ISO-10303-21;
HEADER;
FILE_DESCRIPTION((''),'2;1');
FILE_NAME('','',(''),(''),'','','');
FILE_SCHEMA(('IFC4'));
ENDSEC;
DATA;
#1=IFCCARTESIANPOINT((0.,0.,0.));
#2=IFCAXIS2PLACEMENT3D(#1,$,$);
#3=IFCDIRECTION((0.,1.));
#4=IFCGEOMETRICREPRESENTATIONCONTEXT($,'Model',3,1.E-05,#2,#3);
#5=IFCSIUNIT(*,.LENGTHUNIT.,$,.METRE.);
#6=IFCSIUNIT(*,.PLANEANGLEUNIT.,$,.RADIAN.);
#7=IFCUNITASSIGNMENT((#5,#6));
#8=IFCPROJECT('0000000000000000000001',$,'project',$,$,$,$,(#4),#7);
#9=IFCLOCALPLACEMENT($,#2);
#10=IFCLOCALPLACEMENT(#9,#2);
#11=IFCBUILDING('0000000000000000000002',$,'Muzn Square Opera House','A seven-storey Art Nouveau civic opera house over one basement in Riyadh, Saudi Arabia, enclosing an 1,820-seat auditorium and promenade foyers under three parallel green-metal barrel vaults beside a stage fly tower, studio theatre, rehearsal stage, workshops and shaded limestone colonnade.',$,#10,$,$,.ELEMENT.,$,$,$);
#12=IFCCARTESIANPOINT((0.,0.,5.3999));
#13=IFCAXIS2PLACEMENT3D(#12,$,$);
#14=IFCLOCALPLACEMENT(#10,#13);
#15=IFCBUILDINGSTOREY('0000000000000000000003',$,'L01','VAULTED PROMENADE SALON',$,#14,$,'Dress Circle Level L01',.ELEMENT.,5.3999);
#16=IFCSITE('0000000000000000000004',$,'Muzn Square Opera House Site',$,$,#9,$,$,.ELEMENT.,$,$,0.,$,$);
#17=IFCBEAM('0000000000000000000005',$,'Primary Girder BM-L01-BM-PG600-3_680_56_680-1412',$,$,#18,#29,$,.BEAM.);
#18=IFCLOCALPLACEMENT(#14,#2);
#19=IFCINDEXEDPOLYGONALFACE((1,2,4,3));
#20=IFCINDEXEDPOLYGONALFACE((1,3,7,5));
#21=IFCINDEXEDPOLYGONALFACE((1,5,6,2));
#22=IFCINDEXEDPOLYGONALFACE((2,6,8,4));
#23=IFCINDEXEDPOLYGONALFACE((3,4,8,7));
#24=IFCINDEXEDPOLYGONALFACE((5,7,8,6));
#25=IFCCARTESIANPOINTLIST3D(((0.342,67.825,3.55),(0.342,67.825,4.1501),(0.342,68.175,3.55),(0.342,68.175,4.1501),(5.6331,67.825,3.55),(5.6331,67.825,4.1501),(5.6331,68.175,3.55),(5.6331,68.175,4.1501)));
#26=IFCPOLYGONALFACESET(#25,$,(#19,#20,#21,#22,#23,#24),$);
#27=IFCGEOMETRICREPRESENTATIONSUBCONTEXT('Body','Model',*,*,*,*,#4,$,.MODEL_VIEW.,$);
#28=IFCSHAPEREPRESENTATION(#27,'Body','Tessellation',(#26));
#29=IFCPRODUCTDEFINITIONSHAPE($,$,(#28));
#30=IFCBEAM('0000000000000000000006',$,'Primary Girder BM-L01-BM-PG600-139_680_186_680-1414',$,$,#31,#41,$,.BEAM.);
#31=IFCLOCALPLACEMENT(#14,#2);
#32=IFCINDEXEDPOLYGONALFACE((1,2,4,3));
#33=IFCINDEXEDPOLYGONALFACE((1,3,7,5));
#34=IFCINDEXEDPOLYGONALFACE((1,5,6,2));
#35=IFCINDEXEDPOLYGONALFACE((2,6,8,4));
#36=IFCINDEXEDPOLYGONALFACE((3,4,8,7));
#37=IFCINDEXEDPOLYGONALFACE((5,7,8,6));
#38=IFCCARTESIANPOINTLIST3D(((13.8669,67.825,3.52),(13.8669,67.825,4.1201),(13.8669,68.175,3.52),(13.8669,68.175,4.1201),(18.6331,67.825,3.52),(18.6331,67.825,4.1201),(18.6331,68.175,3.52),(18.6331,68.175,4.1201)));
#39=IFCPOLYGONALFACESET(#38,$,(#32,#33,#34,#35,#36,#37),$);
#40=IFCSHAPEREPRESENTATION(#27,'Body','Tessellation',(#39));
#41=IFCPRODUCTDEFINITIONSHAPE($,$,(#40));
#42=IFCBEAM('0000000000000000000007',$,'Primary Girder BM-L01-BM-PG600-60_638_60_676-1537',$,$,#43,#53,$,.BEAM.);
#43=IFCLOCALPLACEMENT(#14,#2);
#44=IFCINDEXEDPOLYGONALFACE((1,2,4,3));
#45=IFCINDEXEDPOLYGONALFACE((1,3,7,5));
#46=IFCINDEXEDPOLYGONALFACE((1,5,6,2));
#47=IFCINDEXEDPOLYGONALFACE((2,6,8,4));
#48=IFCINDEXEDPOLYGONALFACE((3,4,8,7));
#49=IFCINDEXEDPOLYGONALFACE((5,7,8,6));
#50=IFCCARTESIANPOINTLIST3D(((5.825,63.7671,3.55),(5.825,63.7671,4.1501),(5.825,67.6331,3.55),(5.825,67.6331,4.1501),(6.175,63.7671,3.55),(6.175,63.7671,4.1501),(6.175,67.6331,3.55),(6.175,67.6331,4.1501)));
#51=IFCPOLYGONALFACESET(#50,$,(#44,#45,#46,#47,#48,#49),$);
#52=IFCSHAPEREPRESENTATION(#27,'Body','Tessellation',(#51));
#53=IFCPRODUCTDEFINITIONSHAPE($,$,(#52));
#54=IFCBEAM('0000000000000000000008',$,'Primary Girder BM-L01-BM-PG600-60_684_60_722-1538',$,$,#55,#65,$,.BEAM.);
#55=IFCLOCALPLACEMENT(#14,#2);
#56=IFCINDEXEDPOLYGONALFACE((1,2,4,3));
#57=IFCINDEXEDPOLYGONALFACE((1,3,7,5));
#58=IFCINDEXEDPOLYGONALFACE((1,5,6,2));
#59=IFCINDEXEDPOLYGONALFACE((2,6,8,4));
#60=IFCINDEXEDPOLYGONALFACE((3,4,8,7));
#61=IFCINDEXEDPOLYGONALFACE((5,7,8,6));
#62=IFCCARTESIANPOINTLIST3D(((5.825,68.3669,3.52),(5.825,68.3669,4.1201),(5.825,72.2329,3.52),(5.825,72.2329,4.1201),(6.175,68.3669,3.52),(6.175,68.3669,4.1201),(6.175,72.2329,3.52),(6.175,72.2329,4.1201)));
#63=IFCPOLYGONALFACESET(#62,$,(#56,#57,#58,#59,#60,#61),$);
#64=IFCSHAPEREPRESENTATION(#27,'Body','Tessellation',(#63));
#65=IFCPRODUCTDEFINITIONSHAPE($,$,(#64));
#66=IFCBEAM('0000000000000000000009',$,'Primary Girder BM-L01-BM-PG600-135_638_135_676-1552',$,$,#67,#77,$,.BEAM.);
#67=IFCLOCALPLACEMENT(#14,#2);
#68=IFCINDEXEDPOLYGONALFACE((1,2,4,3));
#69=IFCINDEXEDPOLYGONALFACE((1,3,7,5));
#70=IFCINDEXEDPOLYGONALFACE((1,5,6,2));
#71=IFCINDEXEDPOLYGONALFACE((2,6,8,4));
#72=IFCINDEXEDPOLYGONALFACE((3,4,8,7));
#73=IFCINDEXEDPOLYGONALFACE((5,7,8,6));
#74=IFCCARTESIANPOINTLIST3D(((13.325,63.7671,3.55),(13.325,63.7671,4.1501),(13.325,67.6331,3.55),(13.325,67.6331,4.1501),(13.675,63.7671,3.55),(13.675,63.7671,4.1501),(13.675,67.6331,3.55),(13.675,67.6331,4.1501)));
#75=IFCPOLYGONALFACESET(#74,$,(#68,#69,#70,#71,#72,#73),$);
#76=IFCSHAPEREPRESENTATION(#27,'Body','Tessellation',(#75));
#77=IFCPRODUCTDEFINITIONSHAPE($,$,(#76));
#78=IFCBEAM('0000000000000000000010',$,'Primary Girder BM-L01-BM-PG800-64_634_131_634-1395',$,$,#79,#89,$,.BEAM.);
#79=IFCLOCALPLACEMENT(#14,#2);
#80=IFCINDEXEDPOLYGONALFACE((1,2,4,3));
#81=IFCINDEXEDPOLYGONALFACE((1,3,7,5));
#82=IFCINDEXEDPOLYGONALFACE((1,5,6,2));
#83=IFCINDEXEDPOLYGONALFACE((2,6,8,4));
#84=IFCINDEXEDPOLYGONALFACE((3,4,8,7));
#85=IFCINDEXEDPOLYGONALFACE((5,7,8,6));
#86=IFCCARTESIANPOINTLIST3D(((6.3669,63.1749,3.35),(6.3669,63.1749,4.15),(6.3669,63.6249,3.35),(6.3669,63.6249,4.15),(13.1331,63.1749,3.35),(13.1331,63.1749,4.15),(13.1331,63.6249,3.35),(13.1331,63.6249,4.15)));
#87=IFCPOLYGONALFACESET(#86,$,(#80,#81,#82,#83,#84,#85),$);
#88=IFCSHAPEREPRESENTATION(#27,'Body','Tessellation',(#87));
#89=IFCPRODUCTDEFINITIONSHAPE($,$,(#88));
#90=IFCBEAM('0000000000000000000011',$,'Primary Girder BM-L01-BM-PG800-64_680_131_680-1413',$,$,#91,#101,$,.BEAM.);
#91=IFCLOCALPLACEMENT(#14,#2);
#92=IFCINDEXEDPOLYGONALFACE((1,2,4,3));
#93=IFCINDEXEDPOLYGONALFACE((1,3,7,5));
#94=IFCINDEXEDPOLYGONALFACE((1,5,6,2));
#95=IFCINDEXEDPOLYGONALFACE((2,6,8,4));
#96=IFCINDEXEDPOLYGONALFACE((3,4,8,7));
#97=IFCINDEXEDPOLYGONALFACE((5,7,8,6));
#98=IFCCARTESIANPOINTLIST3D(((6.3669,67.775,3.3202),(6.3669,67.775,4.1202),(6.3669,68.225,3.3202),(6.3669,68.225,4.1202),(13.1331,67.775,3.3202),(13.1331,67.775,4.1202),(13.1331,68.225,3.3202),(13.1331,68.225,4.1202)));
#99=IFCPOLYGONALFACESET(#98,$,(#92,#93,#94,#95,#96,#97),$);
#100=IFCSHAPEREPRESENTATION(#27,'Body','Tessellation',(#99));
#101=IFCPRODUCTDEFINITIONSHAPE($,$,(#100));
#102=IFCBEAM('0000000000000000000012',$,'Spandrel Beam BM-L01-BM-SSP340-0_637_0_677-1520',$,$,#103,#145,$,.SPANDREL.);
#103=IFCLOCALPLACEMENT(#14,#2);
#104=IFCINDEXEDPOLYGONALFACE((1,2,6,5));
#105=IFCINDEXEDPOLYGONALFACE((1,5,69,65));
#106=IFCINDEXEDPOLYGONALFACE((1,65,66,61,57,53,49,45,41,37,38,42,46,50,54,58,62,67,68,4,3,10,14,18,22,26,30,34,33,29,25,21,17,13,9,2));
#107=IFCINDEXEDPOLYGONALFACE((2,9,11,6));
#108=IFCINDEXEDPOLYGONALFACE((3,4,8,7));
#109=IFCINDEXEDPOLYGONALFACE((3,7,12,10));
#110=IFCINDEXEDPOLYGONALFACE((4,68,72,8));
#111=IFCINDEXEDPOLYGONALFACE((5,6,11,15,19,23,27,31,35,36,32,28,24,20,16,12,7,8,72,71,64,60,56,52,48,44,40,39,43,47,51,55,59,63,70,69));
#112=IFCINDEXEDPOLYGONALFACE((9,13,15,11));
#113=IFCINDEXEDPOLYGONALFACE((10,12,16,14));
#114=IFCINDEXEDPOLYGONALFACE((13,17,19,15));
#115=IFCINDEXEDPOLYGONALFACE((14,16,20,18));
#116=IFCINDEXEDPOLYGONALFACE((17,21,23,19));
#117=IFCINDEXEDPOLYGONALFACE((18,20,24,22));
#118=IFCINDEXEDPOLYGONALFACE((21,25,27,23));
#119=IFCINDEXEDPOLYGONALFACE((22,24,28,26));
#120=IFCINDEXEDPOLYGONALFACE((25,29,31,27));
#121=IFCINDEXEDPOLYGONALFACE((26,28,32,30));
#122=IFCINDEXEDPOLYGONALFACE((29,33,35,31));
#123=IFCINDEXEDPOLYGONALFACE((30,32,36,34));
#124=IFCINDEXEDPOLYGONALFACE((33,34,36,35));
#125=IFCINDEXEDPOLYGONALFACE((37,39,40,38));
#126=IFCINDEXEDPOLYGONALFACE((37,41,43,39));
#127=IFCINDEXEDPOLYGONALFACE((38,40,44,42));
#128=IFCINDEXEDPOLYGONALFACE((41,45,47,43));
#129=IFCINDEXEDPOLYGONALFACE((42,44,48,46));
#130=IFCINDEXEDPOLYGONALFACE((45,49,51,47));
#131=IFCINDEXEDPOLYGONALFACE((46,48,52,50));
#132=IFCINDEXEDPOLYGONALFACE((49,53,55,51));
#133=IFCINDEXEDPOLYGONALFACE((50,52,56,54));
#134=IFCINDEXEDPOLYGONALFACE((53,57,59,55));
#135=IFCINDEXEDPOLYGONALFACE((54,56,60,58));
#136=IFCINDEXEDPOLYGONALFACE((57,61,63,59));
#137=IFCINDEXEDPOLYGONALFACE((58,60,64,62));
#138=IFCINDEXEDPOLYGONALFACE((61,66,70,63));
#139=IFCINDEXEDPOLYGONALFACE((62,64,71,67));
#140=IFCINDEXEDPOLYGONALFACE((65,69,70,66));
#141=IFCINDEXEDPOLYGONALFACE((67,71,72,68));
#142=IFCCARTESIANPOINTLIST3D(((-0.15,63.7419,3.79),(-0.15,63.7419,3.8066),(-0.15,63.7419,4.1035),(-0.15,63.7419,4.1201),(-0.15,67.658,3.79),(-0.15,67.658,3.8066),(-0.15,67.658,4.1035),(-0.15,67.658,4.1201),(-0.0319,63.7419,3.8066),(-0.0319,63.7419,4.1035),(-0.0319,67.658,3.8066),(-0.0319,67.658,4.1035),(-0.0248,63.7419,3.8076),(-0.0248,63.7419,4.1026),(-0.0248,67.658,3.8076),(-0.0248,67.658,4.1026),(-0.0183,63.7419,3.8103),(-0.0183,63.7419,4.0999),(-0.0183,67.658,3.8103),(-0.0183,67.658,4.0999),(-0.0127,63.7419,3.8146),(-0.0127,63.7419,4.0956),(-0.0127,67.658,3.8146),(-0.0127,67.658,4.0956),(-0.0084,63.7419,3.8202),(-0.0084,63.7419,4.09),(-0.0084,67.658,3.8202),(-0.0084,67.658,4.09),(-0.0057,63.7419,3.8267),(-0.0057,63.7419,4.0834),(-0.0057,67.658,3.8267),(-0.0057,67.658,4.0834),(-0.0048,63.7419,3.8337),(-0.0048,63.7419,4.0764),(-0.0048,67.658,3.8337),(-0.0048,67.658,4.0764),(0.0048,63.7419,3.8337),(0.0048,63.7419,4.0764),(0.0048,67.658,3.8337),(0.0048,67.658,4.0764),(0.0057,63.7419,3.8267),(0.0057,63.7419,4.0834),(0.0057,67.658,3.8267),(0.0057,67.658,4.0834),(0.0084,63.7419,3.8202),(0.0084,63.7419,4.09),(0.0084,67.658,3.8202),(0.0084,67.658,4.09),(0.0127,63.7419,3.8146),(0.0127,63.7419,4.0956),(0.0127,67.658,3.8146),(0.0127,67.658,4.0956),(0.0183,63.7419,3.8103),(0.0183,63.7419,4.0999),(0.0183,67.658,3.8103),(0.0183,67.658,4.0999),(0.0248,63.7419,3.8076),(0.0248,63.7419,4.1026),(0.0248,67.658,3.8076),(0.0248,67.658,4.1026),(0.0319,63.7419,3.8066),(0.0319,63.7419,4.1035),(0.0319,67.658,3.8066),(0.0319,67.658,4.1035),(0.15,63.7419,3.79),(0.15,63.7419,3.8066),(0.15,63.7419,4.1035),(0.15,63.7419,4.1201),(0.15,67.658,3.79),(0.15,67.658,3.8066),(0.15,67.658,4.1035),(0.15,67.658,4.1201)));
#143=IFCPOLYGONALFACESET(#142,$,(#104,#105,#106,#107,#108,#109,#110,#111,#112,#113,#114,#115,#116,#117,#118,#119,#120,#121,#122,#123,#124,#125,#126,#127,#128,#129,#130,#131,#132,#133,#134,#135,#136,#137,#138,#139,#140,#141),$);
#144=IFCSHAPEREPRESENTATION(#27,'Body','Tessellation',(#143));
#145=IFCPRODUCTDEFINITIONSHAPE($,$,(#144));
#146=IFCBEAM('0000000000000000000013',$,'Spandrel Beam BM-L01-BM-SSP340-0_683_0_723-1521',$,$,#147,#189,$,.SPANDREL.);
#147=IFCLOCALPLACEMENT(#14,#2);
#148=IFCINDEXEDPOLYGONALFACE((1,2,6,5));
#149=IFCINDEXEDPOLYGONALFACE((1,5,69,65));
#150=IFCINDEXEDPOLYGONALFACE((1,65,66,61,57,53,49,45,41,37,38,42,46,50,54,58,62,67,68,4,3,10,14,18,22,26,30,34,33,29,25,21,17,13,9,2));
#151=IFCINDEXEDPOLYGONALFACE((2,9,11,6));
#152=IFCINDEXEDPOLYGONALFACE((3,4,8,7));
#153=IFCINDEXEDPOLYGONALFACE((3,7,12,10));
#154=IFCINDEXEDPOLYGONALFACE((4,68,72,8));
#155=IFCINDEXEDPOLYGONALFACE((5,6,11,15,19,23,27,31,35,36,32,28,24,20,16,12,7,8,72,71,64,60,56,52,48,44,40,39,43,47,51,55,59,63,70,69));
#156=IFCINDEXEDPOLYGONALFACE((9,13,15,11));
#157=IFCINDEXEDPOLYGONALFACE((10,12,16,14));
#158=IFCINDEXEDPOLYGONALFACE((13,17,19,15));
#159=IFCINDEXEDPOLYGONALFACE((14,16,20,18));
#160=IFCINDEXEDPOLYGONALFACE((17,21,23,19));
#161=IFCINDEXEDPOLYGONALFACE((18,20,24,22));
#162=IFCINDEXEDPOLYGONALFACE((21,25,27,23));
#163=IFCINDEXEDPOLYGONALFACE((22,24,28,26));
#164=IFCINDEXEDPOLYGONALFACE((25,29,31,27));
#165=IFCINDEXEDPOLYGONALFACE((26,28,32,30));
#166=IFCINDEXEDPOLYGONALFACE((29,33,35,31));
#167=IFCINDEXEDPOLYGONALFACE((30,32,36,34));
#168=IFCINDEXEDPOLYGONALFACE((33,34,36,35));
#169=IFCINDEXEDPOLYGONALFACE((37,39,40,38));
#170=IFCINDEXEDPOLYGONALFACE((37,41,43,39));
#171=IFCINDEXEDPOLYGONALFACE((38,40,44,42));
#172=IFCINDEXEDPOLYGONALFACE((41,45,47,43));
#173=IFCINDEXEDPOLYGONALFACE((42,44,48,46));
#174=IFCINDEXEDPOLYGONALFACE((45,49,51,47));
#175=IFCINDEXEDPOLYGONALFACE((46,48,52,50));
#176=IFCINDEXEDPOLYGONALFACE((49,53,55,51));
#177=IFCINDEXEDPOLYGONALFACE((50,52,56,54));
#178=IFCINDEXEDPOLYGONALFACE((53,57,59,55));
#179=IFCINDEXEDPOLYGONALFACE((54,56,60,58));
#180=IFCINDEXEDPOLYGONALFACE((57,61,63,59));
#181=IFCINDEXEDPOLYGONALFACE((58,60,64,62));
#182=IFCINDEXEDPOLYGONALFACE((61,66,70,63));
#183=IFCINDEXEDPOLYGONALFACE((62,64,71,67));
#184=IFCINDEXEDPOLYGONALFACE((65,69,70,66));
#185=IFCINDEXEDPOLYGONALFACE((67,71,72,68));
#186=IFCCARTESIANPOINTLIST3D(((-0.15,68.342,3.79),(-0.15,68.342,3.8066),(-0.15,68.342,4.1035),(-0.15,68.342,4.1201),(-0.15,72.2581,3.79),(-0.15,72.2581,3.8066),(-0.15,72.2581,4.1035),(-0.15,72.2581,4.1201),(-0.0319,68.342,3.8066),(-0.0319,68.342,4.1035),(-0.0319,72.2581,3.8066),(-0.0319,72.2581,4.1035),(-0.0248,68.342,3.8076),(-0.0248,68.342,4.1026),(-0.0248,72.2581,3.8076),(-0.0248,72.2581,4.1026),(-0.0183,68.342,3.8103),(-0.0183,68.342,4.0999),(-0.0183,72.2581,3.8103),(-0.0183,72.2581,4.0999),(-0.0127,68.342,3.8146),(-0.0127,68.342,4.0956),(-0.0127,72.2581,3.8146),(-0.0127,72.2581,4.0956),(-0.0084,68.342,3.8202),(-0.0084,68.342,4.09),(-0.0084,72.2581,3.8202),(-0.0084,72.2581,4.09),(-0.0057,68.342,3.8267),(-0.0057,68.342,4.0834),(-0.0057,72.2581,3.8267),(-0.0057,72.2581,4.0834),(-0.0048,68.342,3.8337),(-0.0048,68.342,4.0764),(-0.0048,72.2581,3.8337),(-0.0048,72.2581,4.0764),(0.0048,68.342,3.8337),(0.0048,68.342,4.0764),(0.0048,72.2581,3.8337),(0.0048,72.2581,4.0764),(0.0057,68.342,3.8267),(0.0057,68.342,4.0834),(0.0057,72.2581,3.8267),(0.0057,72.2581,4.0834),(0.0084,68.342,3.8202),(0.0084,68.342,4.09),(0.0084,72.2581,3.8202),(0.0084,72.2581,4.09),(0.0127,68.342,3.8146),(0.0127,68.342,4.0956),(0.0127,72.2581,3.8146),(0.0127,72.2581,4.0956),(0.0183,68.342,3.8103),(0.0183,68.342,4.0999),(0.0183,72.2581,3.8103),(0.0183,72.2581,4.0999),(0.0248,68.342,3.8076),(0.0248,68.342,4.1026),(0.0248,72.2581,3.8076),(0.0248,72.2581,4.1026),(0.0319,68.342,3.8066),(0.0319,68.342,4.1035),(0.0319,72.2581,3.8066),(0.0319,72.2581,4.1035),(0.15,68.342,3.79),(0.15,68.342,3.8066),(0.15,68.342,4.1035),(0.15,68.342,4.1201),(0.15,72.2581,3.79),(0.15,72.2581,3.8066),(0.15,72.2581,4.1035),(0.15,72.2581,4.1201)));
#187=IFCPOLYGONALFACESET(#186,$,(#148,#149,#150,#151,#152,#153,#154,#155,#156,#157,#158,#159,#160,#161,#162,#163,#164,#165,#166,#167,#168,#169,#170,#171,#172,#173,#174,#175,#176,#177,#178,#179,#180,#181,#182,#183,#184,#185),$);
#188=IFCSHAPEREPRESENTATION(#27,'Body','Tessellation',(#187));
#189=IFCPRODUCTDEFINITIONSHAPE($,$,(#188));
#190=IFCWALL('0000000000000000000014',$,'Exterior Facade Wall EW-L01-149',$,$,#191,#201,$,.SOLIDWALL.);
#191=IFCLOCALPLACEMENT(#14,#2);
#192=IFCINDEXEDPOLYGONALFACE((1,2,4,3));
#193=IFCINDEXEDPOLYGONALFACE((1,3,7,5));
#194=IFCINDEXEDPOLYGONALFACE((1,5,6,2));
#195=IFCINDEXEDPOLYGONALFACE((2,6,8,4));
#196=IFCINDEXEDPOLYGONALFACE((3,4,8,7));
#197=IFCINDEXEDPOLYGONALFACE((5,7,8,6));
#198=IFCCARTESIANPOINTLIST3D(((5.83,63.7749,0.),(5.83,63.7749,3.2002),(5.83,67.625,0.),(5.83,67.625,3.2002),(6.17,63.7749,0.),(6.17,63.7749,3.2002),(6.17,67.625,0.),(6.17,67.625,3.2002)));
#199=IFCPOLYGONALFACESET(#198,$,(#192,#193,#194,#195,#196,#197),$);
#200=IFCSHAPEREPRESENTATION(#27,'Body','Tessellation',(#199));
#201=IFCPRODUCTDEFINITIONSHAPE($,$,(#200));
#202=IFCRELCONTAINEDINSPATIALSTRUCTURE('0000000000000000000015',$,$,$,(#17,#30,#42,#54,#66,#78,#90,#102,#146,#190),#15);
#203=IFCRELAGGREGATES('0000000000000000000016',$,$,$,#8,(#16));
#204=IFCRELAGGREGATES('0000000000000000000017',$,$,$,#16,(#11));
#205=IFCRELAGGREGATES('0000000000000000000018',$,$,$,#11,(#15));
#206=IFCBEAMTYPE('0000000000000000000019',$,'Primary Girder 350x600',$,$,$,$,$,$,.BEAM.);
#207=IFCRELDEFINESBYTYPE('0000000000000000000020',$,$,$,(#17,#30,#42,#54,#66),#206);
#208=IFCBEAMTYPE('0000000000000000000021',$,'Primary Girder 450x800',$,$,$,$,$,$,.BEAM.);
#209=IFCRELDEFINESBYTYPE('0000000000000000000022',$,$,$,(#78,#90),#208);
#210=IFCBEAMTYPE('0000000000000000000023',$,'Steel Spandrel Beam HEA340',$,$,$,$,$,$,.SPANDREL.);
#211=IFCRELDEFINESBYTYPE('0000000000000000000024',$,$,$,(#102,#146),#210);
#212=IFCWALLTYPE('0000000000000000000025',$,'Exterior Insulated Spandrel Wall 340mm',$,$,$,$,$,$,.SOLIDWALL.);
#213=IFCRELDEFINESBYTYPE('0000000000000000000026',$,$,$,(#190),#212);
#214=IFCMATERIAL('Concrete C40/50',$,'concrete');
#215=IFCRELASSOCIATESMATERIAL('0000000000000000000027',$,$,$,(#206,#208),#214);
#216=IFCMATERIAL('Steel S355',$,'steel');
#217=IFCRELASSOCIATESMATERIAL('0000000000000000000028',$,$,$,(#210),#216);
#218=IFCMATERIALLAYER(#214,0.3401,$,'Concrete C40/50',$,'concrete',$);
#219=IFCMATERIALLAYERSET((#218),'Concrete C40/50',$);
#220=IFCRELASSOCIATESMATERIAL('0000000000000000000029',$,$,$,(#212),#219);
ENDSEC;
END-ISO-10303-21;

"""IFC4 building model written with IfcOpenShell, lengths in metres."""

from ifc_helpers import new_model, si_unit, direction, frame, frame_2d, origin, origin_2d, place, context, subcontext, project, spatial, rectangle, i_section, extrude, material, layer, layer_set, material_profile, profile_set, type_object, element, save


model = new_model("IFC4")

# Units and contexts
model_context = context("Model", 3, precision=1e-05, world=origin(), true_north=direction((0.0, 1.0)))
body_context = subcontext(model_context, "Body", "Model", "MODEL_VIEW")
ifc_project = project(units=[si_unit("LENGTHUNIT", "METRE"), si_unit("PLANEANGLEUNIT", "RADIAN")], contexts=[model_context])

# Site, building, storey
site_placement = place(None, origin())
site = spatial("IfcSite", under=ifc_project, at=site_placement, Name="Muzn Square Opera House Site", CompositionType="ELEMENT", RefElevation=0.0)
building_placement = place(site_placement, origin())
building = spatial("IfcBuilding", under=site, at=building_placement, Name="Muzn Square Opera House", Description="A seven-storey Art Nouveau civic opera house over one basement in Riyadh, Saudi Arabia, enclosing an 1,820-seat auditorium and promenade foyers under three parallel green-metal barrel vaults beside a stage fly tower, studio theatre, rehearsal stage, workshops and shaded limestone colonnade.", CompositionType="ELEMENT")
storey_placement = place(building_placement, frame((0.0, 0.0, 5.3999)))
storey = spatial("IfcBuildingStorey", under=building, at=storey_placement, Name="L01", Description="VAULTED PROMENADE SALON", LongName="Dress Circle Level L01", CompositionType="ELEMENT", Elevation=5.3999)

# Beams
ifc_material_1 = material(Name="Concrete C40/50", Category="concrete")
ifc_material_profile_1 = material_profile(ifc_material_1, rectangle(XDim=0.3501, YDim=0.6001, at=origin_2d()), Name="RCB 350x600", Category="concrete")
ifc_profile_set_1 = profile_set([ifc_material_profile_1], Name="Concrete C40/50")
beam_type_1 = type_object("IfcBeamType", Name="Primary Girder 350x600", PredefinedType="BEAM", material=ifc_profile_set_1)
beam_1_placement = place(storey_placement, frame((0.342, 68.0, 3.8501), z_axis=(1.0, 0.0, 0.0), x_axis=(0.0, 1.0, 0.0)))
element("IfcBeam", 1, at=beam_1_placement, inside=storey, type_object=beam_type_1, Name="Primary Girder BM-L01-BM-PG600-3_680_56_680-1412", PredefinedType="BEAM", context=body_context, shape_type="SweptSolid", body=[
    extrude(rectangle(XDim=0.3501, YDim=0.6001, at=origin_2d()), origin(), (0.0, 0.0, 1.0), 5.291),
])
beam_2_placement = place(storey_placement, frame((13.8669, 68.0, 3.8201), z_axis=(1.0, 0.0, 0.0), x_axis=(0.0, 1.0, 0.0)))
element("IfcBeam", 2, at=beam_2_placement, inside=storey, type_object=beam_type_1, Name="Primary Girder BM-L01-BM-PG600-139_680_186_680-1414", PredefinedType="BEAM", context=body_context, shape_type="SweptSolid", body=[
    extrude(rectangle(XDim=0.3501, YDim=0.6001, at=origin_2d()), origin(), (0.0, 0.0, 1.0), 4.7661),
])
for number, where, z_axis, x_axis, name in (
    (3, (6.0, 63.7671, 3.8501), (0.0, 1.0, 0.0), (-1.0, 0.0, 0.0), "Primary Girder BM-L01-BM-PG600-60_638_60_676-1537"),
    (4, (6.0, 68.3669, 3.8201), (0.0, 1.0, 0.0), (-1.0, 0.0, 0.0), "Primary Girder BM-L01-BM-PG600-60_684_60_722-1538"),
    (5, (13.5, 63.7671, 3.8501), (0.0, 1.0, 0.0), (-1.0, 0.0, 0.0), "Primary Girder BM-L01-BM-PG600-135_638_135_676-1552"),
):
    element("IfcBeam", number, at=place(storey_placement, frame(where, z_axis=z_axis, x_axis=x_axis)), inside=storey, type_object=beam_type_1, Name=name, PredefinedType="BEAM", context=body_context, shape_type="SweptSolid", body=[
        extrude(rectangle(XDim=0.3501, YDim=0.6001, at=origin_2d()), origin(), (0.0, 0.0, 1.0), 3.866),
    ])
ifc_material_profile_2 = material_profile(ifc_material_1, rectangle(XDim=0.45, YDim=0.8, at=origin_2d()), Name="RCB 450x800", Category="concrete")
ifc_profile_set_2 = profile_set([ifc_material_profile_2], Name="Concrete C40/50")
beam_type_2 = type_object("IfcBeamType", Name="Primary Girder 450x800", PredefinedType="BEAM", material=ifc_profile_set_2)
for number, where, z_axis, x_axis, name in (
    (6, (6.3669, 63.3999, 3.75), (1.0, 0.0, 0.0), (0.0, 1.0, 0.0), "Primary Girder BM-L01-BM-PG800-64_634_131_634-1395"),
    (7, (6.3669, 68.0, 3.7202), (1.0, 0.0, 0.0), (0.0, 1.0, 0.0), "Primary Girder BM-L01-BM-PG800-64_680_131_680-1413"),
):
    element("IfcBeam", number, at=place(storey_placement, frame(where, z_axis=z_axis, x_axis=x_axis)), inside=storey, type_object=beam_type_2, Name=name, PredefinedType="BEAM", context=body_context, shape_type="SweptSolid", body=[
        extrude(rectangle(XDim=0.45, YDim=0.8, at=origin_2d()), origin(), (0.0, 0.0, 1.0), 6.7661),
    ])
ifc_material_2 = material(Name="Steel S355", Category="steel")
ifc_material_profile_3 = material_profile(ifc_material_2, i_section(OverallWidth=0.3, OverallDepth=0.3301, WebThickness=0.0095, FlangeThickness=0.0166, FilletRadius=0.0271, at=origin_2d()), Name="HEA 340", Category="steel")
ifc_profile_set_3 = profile_set([ifc_material_profile_3], Name="Steel S355")
beam_type_3 = type_object("IfcBeamType", Name="Steel Spandrel Beam HEA340", PredefinedType="SPANDREL", material=ifc_profile_set_3)
for number, where, z_axis, x_axis, name in (
    (8, (0.0, 63.7419, 3.9551), (0.0, 1.0, 0.0), (-1.0, 0.0, 0.0), "Spandrel Beam BM-L01-BM-SSP340-0_637_0_677-1520"),
    (9, (0.0, 68.342, 3.9551), (0.0, 1.0, 0.0), (-1.0, 0.0, 0.0), "Spandrel Beam BM-L01-BM-SSP340-0_683_0_723-1521"),
):
    element("IfcBeam", number, at=place(storey_placement, frame(where, z_axis=z_axis, x_axis=x_axis)), inside=storey, type_object=beam_type_3, Name=name, PredefinedType="SPANDREL", context=body_context, shape_type="SweptSolid", body=[
        extrude(i_section(OverallWidth=0.3, OverallDepth=0.3301, WebThickness=0.0095, FlangeThickness=0.0166, FilletRadius=0.0271, at=origin_2d()), origin(), (0.0, 0.0, 1.0), 3.916),
    ])

# Wall
ifc_layer = layer(ifc_material_1, 0.3401, Name="Concrete C40/50", Category="concrete")
ifc_layer_set = layer_set([ifc_layer], Name="Concrete C40/50")
wall_type = type_object("IfcWallType", Name="Exterior Insulated Spandrel Wall 340mm", PredefinedType="SOLIDWALL", material=ifc_layer_set)
wall_1_placement = place(storey_placement, frame((6.0, 63.7749, 0.0), z_axis=(0.0, 0.0, 1.0), x_axis=(0.0, 1.0, 0.0)))
element("IfcWall", 10, at=wall_1_placement, inside=storey, type_object=wall_type, Name="Exterior Facade Wall EW-L01-149", PredefinedType="SOLIDWALL", context=body_context, shape_type="SweptSolid", body=[
    extrude(rectangle(XDim=3.8501, YDim=0.3401, at=frame_2d((1.925, 0.0))), origin(), (0.0, 0.0, 1.0), 3.2002),
])

save(model, "model.ifc")
